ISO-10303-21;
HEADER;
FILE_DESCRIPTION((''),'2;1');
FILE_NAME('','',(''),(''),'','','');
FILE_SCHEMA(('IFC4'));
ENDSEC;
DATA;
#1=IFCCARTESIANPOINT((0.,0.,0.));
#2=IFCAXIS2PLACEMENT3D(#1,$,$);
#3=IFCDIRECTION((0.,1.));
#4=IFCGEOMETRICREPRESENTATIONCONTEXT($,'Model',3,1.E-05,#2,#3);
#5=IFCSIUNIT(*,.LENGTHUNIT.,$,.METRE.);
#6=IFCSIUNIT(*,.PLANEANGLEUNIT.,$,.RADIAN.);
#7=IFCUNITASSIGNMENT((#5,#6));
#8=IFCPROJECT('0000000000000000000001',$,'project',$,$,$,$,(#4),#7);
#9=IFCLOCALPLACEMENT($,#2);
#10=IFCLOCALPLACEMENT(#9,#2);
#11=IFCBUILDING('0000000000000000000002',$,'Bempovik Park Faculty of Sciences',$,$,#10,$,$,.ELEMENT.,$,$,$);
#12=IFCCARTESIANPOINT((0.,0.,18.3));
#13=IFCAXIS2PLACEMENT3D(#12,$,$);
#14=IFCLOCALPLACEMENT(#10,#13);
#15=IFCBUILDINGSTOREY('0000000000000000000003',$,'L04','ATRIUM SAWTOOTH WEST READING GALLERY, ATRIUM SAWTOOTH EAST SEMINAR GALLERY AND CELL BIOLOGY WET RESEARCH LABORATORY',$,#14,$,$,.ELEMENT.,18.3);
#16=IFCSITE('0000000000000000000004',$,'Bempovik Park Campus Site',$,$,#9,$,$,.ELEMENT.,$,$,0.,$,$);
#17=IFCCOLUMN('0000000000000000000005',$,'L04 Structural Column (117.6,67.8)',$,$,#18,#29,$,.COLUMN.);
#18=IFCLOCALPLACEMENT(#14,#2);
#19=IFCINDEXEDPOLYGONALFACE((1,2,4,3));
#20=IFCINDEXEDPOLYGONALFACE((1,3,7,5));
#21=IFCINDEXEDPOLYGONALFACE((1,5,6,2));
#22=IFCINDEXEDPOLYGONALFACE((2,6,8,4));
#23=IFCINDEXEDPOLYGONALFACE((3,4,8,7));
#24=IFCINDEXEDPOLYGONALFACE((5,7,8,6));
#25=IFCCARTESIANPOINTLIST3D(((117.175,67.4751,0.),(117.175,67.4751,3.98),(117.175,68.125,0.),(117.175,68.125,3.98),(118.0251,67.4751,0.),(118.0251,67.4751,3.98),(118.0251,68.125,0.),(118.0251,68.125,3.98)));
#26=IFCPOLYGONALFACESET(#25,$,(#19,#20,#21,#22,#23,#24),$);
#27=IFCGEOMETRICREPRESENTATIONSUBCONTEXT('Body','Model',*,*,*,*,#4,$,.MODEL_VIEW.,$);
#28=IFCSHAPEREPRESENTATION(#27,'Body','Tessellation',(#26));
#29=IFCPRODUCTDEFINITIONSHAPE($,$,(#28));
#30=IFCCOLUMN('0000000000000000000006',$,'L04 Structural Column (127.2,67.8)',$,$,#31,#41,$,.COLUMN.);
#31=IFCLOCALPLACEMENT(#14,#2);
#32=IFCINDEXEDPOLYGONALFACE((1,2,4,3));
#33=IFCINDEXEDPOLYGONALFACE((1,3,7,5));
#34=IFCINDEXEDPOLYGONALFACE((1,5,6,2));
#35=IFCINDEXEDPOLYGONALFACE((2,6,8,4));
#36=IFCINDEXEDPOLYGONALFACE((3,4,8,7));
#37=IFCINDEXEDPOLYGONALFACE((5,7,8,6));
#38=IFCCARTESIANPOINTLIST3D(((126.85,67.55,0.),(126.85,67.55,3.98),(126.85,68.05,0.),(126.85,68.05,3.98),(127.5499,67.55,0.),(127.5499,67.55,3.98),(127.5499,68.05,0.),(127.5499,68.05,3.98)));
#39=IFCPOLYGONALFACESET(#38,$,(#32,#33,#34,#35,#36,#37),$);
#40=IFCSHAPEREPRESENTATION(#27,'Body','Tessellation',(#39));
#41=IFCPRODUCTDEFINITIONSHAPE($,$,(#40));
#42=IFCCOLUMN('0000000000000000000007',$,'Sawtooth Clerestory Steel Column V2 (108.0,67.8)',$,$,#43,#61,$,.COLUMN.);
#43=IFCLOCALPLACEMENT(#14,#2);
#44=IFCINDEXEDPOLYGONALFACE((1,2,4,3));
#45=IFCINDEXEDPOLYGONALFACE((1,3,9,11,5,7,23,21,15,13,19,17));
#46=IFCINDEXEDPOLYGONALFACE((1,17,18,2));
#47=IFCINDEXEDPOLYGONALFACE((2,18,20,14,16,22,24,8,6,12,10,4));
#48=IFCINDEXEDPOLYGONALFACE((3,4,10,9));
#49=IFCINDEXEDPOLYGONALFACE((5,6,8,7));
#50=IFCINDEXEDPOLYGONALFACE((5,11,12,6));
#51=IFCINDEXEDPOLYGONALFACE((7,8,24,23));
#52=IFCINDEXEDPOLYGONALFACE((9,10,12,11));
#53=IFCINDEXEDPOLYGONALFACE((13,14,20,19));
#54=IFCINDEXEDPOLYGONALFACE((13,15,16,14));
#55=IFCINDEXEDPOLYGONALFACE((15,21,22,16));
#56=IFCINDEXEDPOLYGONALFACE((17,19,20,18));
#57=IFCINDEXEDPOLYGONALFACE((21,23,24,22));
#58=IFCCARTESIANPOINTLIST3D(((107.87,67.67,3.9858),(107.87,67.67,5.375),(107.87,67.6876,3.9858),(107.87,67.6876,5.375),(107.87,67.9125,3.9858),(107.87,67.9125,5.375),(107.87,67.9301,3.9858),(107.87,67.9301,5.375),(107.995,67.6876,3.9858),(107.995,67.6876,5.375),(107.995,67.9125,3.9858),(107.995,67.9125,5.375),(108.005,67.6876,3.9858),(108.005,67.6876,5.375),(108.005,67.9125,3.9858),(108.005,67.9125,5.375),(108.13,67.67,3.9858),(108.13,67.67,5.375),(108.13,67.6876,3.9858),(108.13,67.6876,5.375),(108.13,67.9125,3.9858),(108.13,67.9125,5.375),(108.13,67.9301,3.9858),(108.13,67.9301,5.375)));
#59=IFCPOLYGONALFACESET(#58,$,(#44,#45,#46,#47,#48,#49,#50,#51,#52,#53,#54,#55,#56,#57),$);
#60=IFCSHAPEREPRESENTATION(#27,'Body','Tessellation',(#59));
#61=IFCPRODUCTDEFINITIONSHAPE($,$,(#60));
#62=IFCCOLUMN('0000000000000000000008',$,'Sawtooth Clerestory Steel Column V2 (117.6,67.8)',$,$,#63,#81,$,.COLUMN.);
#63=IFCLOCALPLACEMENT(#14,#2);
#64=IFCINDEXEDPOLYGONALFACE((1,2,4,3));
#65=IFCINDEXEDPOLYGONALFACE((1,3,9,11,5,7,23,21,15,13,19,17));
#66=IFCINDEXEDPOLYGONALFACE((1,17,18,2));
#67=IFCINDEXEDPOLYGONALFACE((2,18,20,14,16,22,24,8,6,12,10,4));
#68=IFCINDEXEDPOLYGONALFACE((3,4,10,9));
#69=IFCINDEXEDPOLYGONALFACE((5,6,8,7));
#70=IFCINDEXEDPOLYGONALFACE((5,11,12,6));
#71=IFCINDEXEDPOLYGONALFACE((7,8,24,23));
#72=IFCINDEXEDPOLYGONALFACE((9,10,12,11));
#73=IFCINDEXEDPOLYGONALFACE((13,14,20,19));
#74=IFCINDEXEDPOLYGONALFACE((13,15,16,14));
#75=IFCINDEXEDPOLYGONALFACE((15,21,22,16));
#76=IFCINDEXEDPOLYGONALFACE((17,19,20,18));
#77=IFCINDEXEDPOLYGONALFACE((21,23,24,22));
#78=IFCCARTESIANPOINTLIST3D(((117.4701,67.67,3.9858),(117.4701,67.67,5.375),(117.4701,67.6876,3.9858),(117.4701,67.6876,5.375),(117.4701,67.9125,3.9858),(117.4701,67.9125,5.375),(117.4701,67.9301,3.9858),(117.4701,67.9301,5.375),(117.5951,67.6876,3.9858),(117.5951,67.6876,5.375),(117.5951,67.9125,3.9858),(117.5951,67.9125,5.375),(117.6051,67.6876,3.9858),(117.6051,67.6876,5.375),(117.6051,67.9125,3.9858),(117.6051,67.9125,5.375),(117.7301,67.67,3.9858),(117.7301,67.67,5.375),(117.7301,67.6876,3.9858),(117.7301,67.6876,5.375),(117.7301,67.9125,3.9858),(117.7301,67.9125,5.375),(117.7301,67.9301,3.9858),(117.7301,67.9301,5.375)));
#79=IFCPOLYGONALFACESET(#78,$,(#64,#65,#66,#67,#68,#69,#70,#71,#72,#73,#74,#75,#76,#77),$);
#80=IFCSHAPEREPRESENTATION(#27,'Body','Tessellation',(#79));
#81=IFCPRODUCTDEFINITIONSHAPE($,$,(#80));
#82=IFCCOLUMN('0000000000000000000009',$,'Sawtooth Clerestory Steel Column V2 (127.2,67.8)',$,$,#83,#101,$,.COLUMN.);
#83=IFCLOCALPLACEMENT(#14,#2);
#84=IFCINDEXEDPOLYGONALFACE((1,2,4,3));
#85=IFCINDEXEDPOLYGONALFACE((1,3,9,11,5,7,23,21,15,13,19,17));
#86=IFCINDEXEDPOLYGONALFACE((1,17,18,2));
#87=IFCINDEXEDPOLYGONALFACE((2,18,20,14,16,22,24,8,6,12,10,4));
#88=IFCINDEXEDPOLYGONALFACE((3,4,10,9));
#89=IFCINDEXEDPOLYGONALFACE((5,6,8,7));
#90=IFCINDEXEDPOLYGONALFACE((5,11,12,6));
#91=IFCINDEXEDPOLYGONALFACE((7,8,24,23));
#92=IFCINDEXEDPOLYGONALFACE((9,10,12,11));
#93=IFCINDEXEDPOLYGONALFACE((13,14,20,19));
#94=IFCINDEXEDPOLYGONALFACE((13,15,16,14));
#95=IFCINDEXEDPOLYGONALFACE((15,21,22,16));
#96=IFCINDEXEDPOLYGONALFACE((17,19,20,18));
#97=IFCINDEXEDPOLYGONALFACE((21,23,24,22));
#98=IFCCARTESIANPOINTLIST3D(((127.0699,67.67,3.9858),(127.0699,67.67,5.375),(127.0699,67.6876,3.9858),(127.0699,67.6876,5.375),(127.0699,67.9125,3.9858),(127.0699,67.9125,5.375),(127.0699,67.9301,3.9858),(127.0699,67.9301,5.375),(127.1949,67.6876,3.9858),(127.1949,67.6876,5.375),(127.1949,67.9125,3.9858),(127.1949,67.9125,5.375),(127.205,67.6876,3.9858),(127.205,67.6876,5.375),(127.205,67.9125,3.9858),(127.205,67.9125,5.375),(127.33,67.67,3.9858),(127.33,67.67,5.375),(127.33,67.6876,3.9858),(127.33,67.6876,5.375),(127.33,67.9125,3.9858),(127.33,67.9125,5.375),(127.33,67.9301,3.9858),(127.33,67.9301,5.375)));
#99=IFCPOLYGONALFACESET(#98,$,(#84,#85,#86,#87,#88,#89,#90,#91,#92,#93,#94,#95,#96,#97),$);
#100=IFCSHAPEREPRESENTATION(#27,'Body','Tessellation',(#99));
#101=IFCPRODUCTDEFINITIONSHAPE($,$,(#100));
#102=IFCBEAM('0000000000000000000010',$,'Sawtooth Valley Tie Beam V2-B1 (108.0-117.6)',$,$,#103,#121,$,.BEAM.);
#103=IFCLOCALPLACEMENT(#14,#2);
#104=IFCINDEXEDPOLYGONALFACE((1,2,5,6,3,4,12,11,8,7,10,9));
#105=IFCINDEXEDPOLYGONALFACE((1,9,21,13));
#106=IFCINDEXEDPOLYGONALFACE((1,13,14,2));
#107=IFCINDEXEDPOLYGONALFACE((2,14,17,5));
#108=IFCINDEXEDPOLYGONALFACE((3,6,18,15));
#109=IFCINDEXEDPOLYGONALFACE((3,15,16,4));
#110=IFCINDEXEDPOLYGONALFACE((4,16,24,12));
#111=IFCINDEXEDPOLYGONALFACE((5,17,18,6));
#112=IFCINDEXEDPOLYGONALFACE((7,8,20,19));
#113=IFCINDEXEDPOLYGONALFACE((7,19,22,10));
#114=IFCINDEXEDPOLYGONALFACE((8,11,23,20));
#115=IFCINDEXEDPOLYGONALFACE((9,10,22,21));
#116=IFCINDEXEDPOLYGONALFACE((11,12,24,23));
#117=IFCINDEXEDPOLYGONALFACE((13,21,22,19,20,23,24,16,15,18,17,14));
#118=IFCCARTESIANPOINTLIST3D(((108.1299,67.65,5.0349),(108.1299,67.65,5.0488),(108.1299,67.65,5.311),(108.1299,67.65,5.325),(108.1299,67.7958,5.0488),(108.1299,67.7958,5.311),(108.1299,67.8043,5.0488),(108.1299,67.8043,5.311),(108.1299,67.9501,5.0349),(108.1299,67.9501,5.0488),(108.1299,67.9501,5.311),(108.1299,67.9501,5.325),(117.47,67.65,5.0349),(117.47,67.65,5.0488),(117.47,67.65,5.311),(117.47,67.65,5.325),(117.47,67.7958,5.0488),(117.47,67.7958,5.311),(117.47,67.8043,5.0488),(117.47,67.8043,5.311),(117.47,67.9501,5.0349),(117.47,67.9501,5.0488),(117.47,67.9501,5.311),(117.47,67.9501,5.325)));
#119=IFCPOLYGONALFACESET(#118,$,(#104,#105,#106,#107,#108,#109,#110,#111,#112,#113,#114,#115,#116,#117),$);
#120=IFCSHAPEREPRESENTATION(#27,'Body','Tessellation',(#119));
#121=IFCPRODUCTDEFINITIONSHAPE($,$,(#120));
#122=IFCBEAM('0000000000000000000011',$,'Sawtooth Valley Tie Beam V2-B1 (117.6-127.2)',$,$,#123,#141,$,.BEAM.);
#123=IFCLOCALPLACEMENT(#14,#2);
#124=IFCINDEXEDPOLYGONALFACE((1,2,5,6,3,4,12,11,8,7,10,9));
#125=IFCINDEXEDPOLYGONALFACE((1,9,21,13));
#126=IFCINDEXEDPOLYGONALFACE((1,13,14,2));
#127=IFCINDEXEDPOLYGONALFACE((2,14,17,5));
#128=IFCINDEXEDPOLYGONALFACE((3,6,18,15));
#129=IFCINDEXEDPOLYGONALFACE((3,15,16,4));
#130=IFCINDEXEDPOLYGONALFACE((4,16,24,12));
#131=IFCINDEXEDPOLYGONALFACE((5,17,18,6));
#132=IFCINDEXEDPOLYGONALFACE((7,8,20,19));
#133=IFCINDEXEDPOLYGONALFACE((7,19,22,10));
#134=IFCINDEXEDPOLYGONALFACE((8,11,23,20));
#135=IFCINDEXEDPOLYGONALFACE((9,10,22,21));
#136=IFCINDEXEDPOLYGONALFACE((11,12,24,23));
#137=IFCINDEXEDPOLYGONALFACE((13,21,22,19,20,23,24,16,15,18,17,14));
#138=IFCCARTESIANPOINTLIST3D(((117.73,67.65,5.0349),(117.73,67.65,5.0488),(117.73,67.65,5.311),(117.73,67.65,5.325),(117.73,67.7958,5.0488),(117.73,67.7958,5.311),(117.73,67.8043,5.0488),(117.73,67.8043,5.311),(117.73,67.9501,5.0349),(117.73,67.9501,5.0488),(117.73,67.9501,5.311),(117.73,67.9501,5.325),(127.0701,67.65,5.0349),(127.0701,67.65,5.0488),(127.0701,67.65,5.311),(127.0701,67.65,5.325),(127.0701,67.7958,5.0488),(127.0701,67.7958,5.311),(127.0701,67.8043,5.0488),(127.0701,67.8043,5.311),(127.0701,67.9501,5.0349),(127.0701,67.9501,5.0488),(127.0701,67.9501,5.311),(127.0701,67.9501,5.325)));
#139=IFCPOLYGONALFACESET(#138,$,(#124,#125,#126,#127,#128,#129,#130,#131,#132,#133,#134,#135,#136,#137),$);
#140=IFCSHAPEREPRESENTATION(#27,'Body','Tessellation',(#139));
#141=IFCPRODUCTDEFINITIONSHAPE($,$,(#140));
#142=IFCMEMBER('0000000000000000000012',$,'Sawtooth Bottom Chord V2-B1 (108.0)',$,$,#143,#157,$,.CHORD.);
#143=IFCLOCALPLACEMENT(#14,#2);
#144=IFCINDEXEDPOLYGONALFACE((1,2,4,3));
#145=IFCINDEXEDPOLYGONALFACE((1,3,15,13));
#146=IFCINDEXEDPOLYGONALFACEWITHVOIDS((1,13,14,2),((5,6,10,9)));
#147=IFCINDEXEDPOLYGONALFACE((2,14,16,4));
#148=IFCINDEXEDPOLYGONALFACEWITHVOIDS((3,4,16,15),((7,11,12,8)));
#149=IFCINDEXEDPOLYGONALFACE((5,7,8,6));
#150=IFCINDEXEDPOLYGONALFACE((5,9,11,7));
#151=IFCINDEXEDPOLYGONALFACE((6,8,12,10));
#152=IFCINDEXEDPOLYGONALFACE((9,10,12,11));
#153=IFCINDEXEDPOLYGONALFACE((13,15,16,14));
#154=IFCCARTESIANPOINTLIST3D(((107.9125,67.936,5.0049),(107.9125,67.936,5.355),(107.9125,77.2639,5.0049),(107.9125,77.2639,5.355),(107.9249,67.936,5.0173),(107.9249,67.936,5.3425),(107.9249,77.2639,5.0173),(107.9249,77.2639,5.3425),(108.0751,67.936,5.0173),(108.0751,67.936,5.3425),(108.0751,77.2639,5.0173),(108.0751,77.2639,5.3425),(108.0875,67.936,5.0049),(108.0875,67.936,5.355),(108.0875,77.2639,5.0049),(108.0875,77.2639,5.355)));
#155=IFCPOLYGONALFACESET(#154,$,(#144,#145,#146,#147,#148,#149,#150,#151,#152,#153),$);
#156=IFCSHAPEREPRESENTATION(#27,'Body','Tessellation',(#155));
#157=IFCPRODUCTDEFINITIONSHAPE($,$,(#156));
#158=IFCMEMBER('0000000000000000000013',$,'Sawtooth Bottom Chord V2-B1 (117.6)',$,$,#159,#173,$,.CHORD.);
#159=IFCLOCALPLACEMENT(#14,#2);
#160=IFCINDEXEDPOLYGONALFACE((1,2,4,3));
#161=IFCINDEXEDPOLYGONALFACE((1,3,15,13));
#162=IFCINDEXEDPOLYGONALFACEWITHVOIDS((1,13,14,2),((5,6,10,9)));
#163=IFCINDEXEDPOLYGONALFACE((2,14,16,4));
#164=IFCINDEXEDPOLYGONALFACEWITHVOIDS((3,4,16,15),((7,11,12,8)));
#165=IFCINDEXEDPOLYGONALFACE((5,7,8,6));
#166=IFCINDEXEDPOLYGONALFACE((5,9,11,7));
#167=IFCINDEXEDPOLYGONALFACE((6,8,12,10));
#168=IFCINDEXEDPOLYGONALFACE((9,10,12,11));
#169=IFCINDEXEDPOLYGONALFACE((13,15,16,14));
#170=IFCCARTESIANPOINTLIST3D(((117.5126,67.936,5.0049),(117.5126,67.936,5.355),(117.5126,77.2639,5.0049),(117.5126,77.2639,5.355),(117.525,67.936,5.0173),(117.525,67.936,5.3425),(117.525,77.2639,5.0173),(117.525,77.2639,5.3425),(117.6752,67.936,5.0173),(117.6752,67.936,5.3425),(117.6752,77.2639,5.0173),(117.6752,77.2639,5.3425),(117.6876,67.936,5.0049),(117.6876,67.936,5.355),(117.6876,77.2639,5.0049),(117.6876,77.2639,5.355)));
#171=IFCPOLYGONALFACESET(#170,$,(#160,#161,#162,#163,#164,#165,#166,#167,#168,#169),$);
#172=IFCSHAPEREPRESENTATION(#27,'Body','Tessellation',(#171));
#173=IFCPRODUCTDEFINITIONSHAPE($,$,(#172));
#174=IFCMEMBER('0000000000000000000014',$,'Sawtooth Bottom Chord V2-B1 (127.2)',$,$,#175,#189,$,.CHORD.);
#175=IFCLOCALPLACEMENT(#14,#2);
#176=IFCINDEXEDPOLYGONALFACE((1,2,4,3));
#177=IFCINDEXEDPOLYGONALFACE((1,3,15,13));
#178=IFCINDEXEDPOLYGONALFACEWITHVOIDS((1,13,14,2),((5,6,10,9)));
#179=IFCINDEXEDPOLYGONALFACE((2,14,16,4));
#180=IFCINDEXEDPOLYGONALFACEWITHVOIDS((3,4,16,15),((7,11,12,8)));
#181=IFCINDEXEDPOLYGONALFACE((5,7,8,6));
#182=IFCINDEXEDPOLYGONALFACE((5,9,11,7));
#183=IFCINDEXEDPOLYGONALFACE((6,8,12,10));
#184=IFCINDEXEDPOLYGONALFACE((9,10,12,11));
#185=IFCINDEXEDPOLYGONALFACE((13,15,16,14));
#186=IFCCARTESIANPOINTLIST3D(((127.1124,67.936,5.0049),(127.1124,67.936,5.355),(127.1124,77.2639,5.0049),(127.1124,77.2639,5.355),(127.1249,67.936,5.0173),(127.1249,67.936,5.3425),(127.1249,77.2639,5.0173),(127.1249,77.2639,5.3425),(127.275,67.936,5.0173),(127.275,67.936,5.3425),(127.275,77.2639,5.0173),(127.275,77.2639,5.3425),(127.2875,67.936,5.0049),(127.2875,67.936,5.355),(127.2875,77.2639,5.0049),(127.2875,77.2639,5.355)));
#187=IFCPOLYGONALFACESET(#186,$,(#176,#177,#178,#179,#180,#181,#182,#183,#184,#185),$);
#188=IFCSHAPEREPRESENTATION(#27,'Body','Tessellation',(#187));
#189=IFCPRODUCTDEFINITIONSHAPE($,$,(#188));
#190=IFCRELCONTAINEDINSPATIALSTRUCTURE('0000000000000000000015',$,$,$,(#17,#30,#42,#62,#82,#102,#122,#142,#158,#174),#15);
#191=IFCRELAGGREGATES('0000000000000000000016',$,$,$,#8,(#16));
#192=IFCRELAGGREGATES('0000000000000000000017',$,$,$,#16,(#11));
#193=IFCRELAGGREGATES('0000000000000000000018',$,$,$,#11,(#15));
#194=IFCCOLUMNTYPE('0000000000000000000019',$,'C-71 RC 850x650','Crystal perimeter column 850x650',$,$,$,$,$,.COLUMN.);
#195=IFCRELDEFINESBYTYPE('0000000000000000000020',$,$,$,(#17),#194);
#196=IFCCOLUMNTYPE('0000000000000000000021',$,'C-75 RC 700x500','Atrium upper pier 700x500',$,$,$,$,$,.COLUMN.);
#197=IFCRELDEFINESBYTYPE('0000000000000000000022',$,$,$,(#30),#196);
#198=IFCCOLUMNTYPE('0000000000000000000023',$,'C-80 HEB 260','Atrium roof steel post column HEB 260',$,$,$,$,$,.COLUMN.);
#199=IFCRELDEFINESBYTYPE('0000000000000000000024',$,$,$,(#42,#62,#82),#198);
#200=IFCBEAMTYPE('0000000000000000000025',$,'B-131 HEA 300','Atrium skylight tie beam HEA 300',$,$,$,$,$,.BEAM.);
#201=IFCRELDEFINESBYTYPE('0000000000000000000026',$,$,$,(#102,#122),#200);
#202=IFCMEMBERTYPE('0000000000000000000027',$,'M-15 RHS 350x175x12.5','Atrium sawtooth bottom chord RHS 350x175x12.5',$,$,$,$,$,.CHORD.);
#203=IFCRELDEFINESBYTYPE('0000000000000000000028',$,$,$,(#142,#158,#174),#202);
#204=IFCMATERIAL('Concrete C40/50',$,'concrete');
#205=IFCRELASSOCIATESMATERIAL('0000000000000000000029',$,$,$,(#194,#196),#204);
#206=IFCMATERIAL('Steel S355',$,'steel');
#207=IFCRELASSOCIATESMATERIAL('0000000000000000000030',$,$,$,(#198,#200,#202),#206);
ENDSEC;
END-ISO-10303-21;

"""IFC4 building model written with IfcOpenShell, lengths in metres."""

from ifc_helpers import new_model, si_unit, direction, frame, origin, origin_2d, place, context, subcontext, project, spatial, rectangle, hollow_rectangle, i_section, extrude, material, material_profile, profile_set, type_object, element, save


model = new_model("IFC4")

# Units and contexts
model_context = context("Model", 3, precision=1e-05, world=origin(), true_north=direction((0.0, 1.0)))
body_context = subcontext(model_context, "Body", "Model", "MODEL_VIEW")
ifc_project = project(units=[si_unit("LENGTHUNIT", "METRE"), si_unit("PLANEANGLEUNIT", "RADIAN")], contexts=[model_context])

# Site, building, storey
site_placement = place(None, origin())
site = spatial("IfcSite", under=ifc_project, at=site_placement, Name="Bempovik Park Campus Site", CompositionType="ELEMENT", RefElevation=0.0)
building_placement = place(site_placement, origin())
building = spatial("IfcBuilding", under=site, at=building_placement, Name="Bempovik Park Faculty of Sciences", CompositionType="ELEMENT")
storey_placement = place(building_placement, frame((0.0, 0.0, 18.3)))
storey = spatial("IfcBuildingStorey", under=building, at=storey_placement, Name="L04", Description="ATRIUM SAWTOOTH WEST READING GALLERY, ATRIUM SAWTOOTH EAST SEMINAR GALLERY AND CELL BIOLOGY WET RESEARCH LABORATORY", CompositionType="ELEMENT", Elevation=18.3)

# Columns
ifc_material_1 = material(Name="Concrete C40/50", Category="concrete")
ifc_material_profile_1 = material_profile(ifc_material_1, rectangle(XDim=0.8501, YDim=0.6499, at=origin_2d()), Name="RC 850x650")
ifc_profile_set_1 = profile_set([ifc_material_profile_1], Name="Concrete C40/50")
column_type_1 = type_object("IfcColumnType", Name="C-71 RC 850x650", Description="Crystal perimeter column 850x650", PredefinedType="COLUMN", material=ifc_profile_set_1)
column_1_placement = place(storey_placement, frame((117.6001, 67.8, 0.0), z_axis=(0.0, 0.0, 1.0), x_axis=(1.0, 0.0, 0.0)))
element("IfcColumn", 1, at=column_1_placement, inside=storey, type_object=column_type_1, Name="L04 Structural Column (117.6,67.8)", PredefinedType="COLUMN", context=body_context, shape_type="SweptSolid", body=[
    extrude(rectangle(XDim=0.8501, YDim=0.6499, at=origin_2d()), origin(), (0.0, 0.0, 1.0), 3.98),
])
ifc_material_profile_2 = material_profile(ifc_material_1, rectangle(XDim=0.7, YDim=0.5, at=origin_2d()), Name="RC 700x500")
ifc_profile_set_2 = profile_set([ifc_material_profile_2], Name="Concrete C40/50")
column_type_2 = type_object("IfcColumnType", Name="C-75 RC 700x500", Description="Atrium upper pier 700x500", PredefinedType="COLUMN", material=ifc_profile_set_2)
column_2_placement = place(storey_placement, frame((127.2, 67.8, 0.0), z_axis=(0.0, 0.0, 1.0), x_axis=(1.0, 0.0, 0.0)))
element("IfcColumn", 2, at=column_2_placement, inside=storey, type_object=column_type_2, Name="L04 Structural Column (127.2,67.8)", PredefinedType="COLUMN", context=body_context, shape_type="SweptSolid", body=[
    extrude(rectangle(XDim=0.7, YDim=0.5, at=origin_2d()), origin(), (0.0, 0.0, 1.0), 3.98),
])
ifc_material_2 = material(Name="Steel S355", Category="steel")
ifc_material_profile_3 = material_profile(ifc_material_2, i_section(OverallWidth=0.26, OverallDepth=0.26, WebThickness=0.01, FlangeThickness=0.0176, at=origin_2d()), Name="HEB 260")
ifc_profile_set_3 = profile_set([ifc_material_profile_3], Name="Steel S355")
column_type_3 = type_object("IfcColumnType", Name="C-80 HEB 260", Description="Atrium roof steel post column HEB 260", PredefinedType="COLUMN", material=ifc_profile_set_3)
for number, where, z_axis, x_axis, name in (
    (3, (108.0, 67.8, 3.9858), (0.0, 0.0, 1.0), (1.0, 0.0, 0.0), "Sawtooth Clerestory Steel Column V2 (108.0,67.8)"),
    (4, (117.6001, 67.8, 3.9858), (0.0, 0.0, 1.0), (1.0, 0.0, 0.0), "Sawtooth Clerestory Steel Column V2 (117.6,67.8)"),
    (5, (127.2, 67.8, 3.9858), (0.0, 0.0, 1.0), (1.0, 0.0, 0.0), "Sawtooth Clerestory Steel Column V2 (127.2,67.8)"),
):
    element("IfcColumn", number, at=place(storey_placement, frame(where, z_axis=z_axis, x_axis=x_axis)), inside=storey, type_object=column_type_3, Name=name, PredefinedType="COLUMN", context=body_context, shape_type="SweptSolid", body=[
        extrude(i_section(OverallWidth=0.26, OverallDepth=0.26, WebThickness=0.01, FlangeThickness=0.0176, at=origin_2d()), origin(), (0.0, 0.0, 1.0), 1.3892),
    ])

# Beams
ifc_material_profile_4 = material_profile(ifc_material_2, i_section(OverallWidth=0.3, OverallDepth=0.29, WebThickness=0.0085, FlangeThickness=0.0139, at=origin_2d()), Name="HEA 300")
ifc_profile_set_4 = profile_set([ifc_material_profile_4], Name="Steel S355")
beam_type = type_object("IfcBeamType", Name="B-131 HEA 300", Description="Atrium skylight tie beam HEA 300", PredefinedType="BEAM", material=ifc_profile_set_4)
for number, where, z_axis, x_axis, name in (
    (6, (108.1299, 67.8, 5.1799), (1.0, 0.0, 0.0), (0.0, 1.0, 0.0), "Sawtooth Valley Tie Beam V2-B1 (108.0-117.6)"),
    (7, (117.73, 67.8, 5.1799), (1.0, 0.0, 0.0), (0.0, 1.0, 0.0), "Sawtooth Valley Tie Beam V2-B1 (117.6-127.2)"),
):
    element("IfcBeam", number, at=place(storey_placement, frame(where, z_axis=z_axis, x_axis=x_axis)), inside=storey, type_object=beam_type, Name=name, PredefinedType="BEAM", context=body_context, shape_type="SweptSolid", body=[
        extrude(i_section(OverallWidth=0.3, OverallDepth=0.29, WebThickness=0.0085, FlangeThickness=0.0139, at=origin_2d()), origin(), (0.0, 0.0, 1.0), 9.3401),
    ])

# Members
ifc_material_profile_5 = material_profile(ifc_material_2, hollow_rectangle(XDim=0.175, YDim=0.3501, WallThickness=0.0125, at=origin_2d()), Name="RHS 350x175x12.5")
ifc_profile_set_5 = profile_set([ifc_material_profile_5], Name="Steel S355")
member_type_1 = type_object("IfcMemberType", Name="M-15 RHS 350x175x12.5", Description="Atrium sawtooth bottom chord RHS 350x175x12.5", PredefinedType="CHORD", material=ifc_profile_set_5)
for number, where, z_axis, x_axis, name in (
    (8, (108.0, 67.936, 5.1799), (0.0, 1.0, 0.0), (-1.0, 0.0, 0.0), "Sawtooth Bottom Chord V2-B1 (108.0)"),
    (9, (117.6001, 67.936, 5.1799), (0.0, 1.0, 0.0), (-1.0, 0.0, 0.0), "Sawtooth Bottom Chord V2-B1 (117.6)"),
    (10, (127.2, 67.936, 5.1799), (0.0, 1.0, 0.0), (-1.0, 0.0, 0.0), "Sawtooth Bottom Chord V2-B1 (127.2)"),
):
    element("IfcMember", number, at=place(storey_placement, frame(where, z_axis=z_axis, x_axis=x_axis)), inside=storey, type_object=member_type_1, Name=name, PredefinedType="CHORD", context=body_context, shape_type="SweptSolid", body=[
        extrude(hollow_rectangle(XDim=0.175, YDim=0.3501, WallThickness=0.0125, at=origin_2d()), origin(), (0.0, 0.0, 1.0), 9.3279),
    ])

save(model, "model.ifc")
